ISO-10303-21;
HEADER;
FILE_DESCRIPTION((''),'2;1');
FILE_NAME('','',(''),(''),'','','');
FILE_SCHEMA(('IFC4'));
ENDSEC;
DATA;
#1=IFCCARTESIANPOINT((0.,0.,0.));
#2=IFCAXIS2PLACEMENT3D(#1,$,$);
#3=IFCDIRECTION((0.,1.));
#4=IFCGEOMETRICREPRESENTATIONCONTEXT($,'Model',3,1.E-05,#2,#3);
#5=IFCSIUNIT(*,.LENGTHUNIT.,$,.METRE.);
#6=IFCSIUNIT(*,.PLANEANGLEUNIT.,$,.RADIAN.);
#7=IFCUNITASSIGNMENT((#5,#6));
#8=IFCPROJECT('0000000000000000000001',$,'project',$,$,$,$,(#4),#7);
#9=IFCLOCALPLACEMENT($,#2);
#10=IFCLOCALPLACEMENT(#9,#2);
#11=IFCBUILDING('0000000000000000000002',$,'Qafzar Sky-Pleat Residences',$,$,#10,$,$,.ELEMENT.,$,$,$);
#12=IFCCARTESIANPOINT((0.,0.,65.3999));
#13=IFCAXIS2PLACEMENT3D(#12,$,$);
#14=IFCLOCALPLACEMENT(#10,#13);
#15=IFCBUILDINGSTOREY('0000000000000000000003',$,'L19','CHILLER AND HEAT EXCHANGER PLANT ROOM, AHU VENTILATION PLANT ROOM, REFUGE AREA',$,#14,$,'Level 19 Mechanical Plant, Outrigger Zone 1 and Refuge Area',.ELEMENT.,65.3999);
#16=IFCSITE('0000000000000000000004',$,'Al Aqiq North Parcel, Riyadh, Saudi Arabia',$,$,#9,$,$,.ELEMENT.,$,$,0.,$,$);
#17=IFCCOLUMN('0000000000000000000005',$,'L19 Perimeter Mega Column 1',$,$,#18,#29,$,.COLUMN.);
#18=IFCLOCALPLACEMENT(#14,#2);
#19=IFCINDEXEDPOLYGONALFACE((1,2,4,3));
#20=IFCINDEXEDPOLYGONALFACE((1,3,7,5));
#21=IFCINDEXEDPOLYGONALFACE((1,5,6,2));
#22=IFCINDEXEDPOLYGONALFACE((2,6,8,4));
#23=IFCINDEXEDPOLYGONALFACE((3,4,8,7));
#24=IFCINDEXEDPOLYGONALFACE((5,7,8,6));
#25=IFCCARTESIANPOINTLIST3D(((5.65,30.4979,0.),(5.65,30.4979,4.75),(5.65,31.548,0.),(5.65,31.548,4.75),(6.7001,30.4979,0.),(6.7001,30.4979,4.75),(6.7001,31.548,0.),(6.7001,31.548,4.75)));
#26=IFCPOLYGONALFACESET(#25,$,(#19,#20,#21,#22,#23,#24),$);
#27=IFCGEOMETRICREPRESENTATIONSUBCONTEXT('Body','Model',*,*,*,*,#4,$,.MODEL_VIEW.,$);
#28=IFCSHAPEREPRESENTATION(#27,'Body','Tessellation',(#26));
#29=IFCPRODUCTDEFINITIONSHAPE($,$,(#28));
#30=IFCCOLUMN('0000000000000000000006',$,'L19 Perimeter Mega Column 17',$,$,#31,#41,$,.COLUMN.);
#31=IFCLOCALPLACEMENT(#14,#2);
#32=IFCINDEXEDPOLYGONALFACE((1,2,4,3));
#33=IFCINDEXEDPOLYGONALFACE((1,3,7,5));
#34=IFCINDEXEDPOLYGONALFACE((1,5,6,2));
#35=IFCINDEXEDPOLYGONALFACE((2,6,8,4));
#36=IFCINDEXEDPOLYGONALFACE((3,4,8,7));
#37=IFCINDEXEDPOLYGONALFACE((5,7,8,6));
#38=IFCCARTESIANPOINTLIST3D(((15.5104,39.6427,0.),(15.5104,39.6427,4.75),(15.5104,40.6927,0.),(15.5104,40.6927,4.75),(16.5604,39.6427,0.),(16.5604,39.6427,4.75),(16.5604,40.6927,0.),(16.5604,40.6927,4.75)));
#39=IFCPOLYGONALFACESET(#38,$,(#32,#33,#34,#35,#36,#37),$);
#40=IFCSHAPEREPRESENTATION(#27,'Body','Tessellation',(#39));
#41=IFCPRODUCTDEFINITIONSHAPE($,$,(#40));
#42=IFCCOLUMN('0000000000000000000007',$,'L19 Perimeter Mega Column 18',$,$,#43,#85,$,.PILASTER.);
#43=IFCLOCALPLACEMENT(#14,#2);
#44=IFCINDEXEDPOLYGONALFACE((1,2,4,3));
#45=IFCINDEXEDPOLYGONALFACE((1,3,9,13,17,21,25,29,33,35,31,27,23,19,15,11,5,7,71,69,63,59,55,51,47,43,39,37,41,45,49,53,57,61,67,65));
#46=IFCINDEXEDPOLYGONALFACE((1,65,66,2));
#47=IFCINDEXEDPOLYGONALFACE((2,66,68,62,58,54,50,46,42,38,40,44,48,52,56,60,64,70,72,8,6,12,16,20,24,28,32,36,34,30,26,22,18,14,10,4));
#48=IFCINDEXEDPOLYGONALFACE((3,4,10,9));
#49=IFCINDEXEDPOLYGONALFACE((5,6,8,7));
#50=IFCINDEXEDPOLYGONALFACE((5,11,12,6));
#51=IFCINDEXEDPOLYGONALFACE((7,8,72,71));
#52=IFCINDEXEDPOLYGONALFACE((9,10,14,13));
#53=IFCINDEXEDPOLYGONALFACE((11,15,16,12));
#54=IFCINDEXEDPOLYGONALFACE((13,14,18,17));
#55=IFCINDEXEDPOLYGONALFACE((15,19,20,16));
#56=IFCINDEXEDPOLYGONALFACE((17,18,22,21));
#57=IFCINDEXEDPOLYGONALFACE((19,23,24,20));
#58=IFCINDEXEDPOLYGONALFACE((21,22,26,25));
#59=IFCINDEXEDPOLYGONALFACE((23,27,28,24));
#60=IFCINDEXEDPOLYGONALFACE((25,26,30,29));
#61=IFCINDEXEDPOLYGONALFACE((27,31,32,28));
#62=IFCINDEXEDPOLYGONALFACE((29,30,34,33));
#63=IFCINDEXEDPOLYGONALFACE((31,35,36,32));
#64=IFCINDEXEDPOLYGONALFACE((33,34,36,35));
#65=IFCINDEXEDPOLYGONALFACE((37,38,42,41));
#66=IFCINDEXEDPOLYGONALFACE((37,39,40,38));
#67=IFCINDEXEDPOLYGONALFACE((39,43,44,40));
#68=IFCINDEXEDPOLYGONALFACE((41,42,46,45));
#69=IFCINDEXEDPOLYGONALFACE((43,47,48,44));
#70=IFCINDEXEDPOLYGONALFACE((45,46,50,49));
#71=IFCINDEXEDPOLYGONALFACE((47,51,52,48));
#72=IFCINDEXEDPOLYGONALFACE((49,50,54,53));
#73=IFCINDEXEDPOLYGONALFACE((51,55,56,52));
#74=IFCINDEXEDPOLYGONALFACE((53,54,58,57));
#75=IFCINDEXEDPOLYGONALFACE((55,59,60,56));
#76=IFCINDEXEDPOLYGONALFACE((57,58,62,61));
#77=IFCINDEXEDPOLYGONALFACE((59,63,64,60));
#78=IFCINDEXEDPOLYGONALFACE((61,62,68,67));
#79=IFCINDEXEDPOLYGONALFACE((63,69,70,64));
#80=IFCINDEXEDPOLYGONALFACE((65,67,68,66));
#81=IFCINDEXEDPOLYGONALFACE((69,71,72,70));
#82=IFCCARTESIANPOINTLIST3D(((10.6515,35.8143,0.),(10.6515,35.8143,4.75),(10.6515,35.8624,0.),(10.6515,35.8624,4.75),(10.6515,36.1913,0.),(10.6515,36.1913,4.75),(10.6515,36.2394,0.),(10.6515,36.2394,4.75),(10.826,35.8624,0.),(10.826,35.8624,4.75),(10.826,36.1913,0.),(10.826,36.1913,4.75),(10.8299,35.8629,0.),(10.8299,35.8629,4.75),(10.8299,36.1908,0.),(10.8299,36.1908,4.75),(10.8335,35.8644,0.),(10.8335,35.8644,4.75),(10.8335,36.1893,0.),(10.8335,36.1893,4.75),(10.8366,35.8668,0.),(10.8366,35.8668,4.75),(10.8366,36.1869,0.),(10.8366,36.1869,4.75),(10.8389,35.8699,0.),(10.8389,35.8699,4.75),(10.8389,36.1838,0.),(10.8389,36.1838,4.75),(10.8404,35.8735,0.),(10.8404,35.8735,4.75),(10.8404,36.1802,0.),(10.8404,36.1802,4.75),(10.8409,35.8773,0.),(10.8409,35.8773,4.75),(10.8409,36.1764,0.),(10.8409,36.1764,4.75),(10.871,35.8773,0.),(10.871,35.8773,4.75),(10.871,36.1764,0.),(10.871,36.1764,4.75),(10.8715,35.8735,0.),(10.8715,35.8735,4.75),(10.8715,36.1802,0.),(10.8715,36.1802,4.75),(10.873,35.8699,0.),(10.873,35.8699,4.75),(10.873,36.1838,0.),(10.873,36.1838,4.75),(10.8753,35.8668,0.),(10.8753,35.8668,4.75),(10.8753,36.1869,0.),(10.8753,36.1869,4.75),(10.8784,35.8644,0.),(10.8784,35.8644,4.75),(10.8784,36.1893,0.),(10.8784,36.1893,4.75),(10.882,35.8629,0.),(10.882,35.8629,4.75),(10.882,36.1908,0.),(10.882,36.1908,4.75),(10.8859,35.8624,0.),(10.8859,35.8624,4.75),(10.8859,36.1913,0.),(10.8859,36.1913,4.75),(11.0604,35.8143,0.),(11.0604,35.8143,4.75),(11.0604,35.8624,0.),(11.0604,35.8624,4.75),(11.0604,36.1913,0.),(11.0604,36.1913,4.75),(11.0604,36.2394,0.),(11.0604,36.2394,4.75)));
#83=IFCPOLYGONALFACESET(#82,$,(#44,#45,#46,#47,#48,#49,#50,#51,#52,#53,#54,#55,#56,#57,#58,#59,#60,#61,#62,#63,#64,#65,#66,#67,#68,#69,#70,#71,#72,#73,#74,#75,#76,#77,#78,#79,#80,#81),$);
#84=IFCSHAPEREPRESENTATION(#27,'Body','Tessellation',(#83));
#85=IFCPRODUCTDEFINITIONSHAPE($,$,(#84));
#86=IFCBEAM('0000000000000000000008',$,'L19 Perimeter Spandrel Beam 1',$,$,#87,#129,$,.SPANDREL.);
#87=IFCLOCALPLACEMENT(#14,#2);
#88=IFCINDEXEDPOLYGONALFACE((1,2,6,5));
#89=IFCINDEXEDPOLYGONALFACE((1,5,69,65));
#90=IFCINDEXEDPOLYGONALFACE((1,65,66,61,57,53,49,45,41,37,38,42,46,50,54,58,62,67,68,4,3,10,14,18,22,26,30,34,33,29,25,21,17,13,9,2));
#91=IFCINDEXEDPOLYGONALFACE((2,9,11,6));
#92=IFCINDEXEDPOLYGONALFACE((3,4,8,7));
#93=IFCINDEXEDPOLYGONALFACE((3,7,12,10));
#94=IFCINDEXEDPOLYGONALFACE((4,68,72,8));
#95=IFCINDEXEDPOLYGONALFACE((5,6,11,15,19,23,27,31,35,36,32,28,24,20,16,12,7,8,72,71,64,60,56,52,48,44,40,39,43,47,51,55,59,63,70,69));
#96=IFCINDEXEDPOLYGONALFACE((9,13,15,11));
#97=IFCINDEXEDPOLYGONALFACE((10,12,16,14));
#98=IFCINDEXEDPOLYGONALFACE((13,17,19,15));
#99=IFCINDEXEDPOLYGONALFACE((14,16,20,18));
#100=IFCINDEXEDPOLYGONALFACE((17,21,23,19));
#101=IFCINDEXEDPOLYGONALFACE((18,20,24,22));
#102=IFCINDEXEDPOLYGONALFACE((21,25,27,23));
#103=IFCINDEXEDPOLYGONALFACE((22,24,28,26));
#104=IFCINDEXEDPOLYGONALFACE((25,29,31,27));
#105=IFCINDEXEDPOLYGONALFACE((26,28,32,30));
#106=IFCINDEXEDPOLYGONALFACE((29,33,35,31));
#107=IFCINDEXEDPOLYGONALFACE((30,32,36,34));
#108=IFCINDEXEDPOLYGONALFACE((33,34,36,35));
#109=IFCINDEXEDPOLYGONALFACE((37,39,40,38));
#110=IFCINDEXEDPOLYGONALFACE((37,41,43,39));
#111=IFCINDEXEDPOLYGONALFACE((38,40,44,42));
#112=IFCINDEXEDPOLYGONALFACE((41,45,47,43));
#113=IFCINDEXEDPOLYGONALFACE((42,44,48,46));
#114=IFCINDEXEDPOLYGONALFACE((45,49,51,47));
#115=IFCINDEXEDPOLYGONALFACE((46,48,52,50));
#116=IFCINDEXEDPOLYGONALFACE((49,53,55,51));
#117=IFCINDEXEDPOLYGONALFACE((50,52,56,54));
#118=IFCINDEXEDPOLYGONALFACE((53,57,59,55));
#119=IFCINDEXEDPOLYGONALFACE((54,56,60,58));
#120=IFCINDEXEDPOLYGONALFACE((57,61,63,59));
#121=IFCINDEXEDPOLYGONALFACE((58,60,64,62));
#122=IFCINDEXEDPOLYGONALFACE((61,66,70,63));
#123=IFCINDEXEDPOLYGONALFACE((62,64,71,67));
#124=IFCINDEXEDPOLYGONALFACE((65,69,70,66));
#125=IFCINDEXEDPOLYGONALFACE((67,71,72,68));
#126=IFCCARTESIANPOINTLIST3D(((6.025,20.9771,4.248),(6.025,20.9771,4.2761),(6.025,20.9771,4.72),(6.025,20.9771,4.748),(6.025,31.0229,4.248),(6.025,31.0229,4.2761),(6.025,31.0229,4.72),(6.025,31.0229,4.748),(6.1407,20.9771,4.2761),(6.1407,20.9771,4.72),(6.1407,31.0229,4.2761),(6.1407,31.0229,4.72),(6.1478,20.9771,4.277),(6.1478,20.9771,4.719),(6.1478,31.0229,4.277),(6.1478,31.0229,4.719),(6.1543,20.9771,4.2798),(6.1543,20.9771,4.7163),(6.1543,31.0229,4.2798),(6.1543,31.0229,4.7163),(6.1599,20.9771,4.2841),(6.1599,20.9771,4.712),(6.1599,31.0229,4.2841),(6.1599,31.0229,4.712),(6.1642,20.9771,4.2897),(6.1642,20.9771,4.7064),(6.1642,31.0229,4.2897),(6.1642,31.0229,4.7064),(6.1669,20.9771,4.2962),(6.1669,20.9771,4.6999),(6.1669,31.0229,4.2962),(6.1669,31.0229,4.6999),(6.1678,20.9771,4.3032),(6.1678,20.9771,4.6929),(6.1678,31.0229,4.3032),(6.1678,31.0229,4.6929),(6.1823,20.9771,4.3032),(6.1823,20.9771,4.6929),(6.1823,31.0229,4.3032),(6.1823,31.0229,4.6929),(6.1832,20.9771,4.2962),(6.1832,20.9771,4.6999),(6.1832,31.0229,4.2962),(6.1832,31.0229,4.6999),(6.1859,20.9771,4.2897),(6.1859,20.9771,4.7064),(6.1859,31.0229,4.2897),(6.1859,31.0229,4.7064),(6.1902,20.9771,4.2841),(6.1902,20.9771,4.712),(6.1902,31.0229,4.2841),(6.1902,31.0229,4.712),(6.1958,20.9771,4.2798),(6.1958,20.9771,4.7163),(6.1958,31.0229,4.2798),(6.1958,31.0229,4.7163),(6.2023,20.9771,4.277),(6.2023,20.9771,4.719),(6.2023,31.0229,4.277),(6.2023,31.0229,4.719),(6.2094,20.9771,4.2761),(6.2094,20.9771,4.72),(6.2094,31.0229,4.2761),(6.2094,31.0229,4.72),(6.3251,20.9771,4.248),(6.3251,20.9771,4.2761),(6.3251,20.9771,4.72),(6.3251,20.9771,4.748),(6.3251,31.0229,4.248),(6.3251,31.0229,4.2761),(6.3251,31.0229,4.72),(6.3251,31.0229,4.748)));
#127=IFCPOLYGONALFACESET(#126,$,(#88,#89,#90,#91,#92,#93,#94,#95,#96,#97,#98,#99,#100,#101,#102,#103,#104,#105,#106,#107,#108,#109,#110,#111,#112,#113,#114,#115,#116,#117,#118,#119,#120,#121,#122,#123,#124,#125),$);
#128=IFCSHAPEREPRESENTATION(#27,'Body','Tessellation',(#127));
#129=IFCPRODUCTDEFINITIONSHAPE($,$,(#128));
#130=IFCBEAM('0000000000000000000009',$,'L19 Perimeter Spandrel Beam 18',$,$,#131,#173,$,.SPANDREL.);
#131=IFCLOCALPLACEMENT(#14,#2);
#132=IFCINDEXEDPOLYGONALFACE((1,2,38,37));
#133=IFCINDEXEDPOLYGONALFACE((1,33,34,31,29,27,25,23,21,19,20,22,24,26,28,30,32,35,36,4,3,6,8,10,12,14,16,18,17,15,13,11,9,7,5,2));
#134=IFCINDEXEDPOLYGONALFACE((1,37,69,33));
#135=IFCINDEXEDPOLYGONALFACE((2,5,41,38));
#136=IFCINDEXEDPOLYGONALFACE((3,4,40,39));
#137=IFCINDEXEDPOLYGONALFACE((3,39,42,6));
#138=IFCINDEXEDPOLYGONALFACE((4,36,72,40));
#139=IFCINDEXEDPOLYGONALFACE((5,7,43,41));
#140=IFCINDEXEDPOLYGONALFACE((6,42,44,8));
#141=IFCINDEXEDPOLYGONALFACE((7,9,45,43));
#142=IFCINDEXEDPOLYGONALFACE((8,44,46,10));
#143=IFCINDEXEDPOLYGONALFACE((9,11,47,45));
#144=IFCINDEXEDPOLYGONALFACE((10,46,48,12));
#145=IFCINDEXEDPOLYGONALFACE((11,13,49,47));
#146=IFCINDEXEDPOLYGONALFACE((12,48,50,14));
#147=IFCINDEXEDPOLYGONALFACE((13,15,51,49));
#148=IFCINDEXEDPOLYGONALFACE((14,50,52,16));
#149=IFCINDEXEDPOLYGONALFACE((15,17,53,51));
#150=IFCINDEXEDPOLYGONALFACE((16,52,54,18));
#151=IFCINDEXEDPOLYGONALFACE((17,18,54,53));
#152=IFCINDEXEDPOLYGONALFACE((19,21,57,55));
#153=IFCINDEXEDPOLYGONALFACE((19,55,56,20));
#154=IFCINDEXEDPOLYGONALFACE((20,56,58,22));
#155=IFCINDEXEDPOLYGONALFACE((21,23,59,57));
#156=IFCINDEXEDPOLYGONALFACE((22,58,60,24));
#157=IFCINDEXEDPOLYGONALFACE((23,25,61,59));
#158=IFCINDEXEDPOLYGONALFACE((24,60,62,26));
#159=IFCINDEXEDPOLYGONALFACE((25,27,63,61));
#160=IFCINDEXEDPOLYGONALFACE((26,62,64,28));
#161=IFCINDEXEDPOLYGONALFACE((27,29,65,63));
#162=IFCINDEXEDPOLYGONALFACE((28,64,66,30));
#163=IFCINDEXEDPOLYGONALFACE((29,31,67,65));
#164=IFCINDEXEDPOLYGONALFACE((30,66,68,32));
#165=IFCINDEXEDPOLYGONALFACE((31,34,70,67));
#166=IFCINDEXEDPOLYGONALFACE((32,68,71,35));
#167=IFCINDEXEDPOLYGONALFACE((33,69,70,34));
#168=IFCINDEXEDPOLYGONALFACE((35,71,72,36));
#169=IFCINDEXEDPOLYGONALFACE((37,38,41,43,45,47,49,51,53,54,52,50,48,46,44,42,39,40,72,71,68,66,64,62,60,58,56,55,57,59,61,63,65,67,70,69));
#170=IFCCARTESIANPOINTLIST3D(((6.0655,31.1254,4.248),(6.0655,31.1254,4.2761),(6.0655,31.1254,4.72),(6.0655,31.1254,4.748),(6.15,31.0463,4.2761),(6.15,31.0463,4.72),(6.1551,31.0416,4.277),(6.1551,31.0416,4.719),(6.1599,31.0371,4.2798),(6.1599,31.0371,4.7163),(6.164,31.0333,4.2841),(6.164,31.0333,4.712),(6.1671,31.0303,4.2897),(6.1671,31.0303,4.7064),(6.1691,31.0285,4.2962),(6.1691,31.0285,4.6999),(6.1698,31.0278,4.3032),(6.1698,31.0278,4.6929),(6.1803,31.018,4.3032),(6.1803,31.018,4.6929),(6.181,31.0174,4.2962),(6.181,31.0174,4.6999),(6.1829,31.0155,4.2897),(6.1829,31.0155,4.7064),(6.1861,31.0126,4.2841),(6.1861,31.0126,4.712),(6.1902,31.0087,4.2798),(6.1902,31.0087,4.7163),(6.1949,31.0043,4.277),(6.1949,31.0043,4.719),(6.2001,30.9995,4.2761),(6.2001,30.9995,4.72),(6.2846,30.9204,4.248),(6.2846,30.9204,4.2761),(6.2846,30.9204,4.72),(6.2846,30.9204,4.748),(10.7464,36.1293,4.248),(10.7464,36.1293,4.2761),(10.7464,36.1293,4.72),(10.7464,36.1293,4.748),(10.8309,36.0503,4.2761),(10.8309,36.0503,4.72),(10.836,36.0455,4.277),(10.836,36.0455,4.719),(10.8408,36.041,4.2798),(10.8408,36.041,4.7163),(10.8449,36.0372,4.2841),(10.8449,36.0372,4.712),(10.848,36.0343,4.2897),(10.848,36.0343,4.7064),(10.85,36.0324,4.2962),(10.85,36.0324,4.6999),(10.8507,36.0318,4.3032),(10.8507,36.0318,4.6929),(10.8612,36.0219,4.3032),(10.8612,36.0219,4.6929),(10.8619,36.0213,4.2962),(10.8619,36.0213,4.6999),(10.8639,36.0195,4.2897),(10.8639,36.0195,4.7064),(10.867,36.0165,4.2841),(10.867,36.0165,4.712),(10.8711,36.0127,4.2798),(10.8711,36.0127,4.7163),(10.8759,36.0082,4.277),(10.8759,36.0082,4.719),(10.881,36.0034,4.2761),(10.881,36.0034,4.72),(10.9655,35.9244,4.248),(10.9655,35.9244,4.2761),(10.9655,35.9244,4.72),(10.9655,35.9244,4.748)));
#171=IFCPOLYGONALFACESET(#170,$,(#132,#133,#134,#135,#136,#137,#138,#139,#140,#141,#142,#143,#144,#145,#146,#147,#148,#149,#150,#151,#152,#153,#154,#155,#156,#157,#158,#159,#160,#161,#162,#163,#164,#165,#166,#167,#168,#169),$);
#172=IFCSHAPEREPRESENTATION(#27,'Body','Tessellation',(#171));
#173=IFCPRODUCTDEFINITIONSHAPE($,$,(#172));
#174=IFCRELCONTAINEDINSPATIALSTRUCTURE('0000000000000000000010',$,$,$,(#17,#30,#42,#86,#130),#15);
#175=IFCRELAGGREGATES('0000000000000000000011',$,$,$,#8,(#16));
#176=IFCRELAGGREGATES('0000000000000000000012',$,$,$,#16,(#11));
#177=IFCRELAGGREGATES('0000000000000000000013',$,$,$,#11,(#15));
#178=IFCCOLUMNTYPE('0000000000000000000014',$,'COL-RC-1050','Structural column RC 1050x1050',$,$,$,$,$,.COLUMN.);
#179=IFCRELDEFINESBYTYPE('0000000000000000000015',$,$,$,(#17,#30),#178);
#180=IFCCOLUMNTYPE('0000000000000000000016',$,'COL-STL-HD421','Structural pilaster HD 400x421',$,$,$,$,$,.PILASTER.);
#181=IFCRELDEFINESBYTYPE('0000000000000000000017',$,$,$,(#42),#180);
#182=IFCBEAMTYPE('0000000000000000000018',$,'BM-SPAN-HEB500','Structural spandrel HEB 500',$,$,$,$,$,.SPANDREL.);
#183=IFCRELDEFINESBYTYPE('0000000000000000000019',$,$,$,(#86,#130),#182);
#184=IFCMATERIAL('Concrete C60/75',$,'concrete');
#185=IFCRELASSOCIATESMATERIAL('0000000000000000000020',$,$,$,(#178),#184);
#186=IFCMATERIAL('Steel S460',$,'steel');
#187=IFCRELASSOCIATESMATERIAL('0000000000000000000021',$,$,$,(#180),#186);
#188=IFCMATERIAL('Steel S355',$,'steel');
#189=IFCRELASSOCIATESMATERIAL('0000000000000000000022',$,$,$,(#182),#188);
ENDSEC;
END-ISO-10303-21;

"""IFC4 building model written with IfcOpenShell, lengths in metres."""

from ifc_helpers import new_model, si_unit, direction, frame, origin, origin_2d, place, context, subcontext, project, spatial, rectangle, i_section, extrude, source, transform, mapped, material, material_profile, profile_set, type_object, element, save


model = new_model("IFC4")

# Units and contexts
model_context = context("Model", 3, precision=1e-05, world=origin(), true_north=direction((0.0, 1.0)))
body_context = subcontext(model_context, "Body", "Model", "MODEL_VIEW")
ifc_project = project(units=[si_unit("LENGTHUNIT", "METRE"), si_unit("PLANEANGLEUNIT", "RADIAN")], contexts=[model_context])

# Site, building, storey
site_placement = place(None, origin())
site = spatial("IfcSite", under=ifc_project, at=site_placement, Name="Al Aqiq North Parcel, Riyadh, Saudi Arabia", CompositionType="ELEMENT", RefElevation=0.0)
building_placement = place(site_placement, origin())
building = spatial("IfcBuilding", under=site, at=building_placement, Name="Qafzar Sky-Pleat Residences", CompositionType="ELEMENT")
storey_placement = place(building_placement, frame((0.0, 0.0, 65.3999)))
storey = spatial("IfcBuildingStorey", under=building, at=storey_placement, Name="L19", Description="CHILLER AND HEAT EXCHANGER PLANT ROOM, AHU VENTILATION PLANT ROOM, REFUGE AREA", LongName="Level 19 Mechanical Plant, Outrigger Zone 1 and Refuge Area", CompositionType="ELEMENT", Elevation=65.3999)

# Columns
ifc_material_1 = material(Name="Concrete C60/75", Category="concrete")
ifc_material_profile_1 = material_profile(ifc_material_1, rectangle(XDim=1.05, YDim=1.05, at=origin_2d()), Name="RC 1050x1050")
ifc_profile_set_1 = profile_set([ifc_material_profile_1], Name="Concrete C60/75")
column_type_1 = type_object("IfcColumnType", Name="COL-RC-1050", Description="Structural column RC 1050x1050", PredefinedType="COLUMN", material=ifc_profile_set_1)
shared_shape_1 = source(origin(), body_context, "Body", "SweptSolid", [
    extrude(rectangle(XDim=1.05, YDim=1.05, at=origin_2d()), origin(), (0.0, 0.0, 1.0), 4.75),
])
for number, where, z_axis, x_axis, name in (
    (1, (6.175, 31.0229, 0.0), (0.0, 0.0, 1.0), (1.0, 0.0, 0.0), "L19 Perimeter Mega Column 1"),
    (2, (16.0354, 40.1677, 0.0), (0.0, 0.0, 1.0), (1.0, 0.0, 0.0), "L19 Perimeter Mega Column 17"),
):
    element("IfcColumn", number, at=place(storey_placement, frame(where, z_axis=z_axis, x_axis=x_axis)), inside=storey, type_object=column_type_1, Name=name, PredefinedType="COLUMN", context=body_context, shape_type="MappedRepresentation", body=[
        mapped(shared_shape_1, transform((0.0, 0.0, 0.0), x_axis=(1.0, 0.0, 0.0), y_axis=(0.0, 1.0, 0.0), z_axis=(0.0, 0.0, 1.0), scale=1.0)),
    ])
ifc_material_2 = material(Name="Steel S460", Category="steel")
ifc_material_profile_2 = material_profile(ifc_material_2, i_section(OverallWidth=0.4089, OverallDepth=0.425, WebThickness=0.03, FlangeThickness=0.0481, FilletRadius=0.0149, at=origin_2d()), Name="HD 400x421")
ifc_profile_set_2 = profile_set([ifc_material_profile_2], Name="Steel S460")
column_type_2 = type_object("IfcColumnType", Name="COL-STL-HD421", Description="Structural pilaster HD 400x421", PredefinedType="PILASTER", material=ifc_profile_set_2)
shared_shape_2 = source(origin(), body_context, "Body", "SweptSolid", [
    extrude(i_section(OverallWidth=0.4089, OverallDepth=0.425, WebThickness=0.03, FlangeThickness=0.0481, FilletRadius=0.0149, at=origin_2d()), origin(), (0.0, 0.0, 1.0), 4.75),
])
column_placement = place(storey_placement, frame((10.856, 36.0269, 0.0), z_axis=(0.0, 0.0, 1.0), x_axis=(1.0, 0.0, 0.0)))
element("IfcColumn", 3, at=column_placement, inside=storey, type_object=column_type_2, Name="L19 Perimeter Mega Column 18", PredefinedType="PILASTER", context=body_context, shape_type="MappedRepresentation", body=[
    mapped(shared_shape_2, transform((0.0, 0.0, 0.0), x_axis=(1.0, 0.0, 0.0), y_axis=(0.0, 1.0, 0.0), z_axis=(0.0, 0.0, 1.0), scale=1.0)),
])

# Beams
ifc_material_3 = material(Name="Steel S355", Category="steel")
ifc_material_profile_3 = material_profile(ifc_material_3, i_section(OverallWidth=0.3, OverallDepth=0.5, WebThickness=0.0144, FlangeThickness=0.0281, FilletRadius=0.0271, at=origin_2d()), Name="HEB 500")
ifc_profile_set_3 = profile_set([ifc_material_profile_3], Name="Steel S355")
beam_type_1 = type_object("IfcBeamType", Name="BM-SPAN-HEB500", Description="Structural spandrel HEB 500", PredefinedType="SPANDREL", material=ifc_profile_set_3)
shared_shape_3 = source(origin(), body_context, "Body", "SweptSolid", [
    extrude(i_section(OverallWidth=0.3, OverallDepth=0.5, WebThickness=0.0144, FlangeThickness=0.0281, FilletRadius=0.0271, at=origin_2d()), origin(), (0.0, 0.0, 1.0), 10.0459),
])
beam_1_placement = place(storey_placement, frame((6.175, 31.0229, 4.498), z_axis=(0.0, -1.0, 0.0), x_axis=(1.0, 0.0, 0.0)))
element("IfcBeam", 4, at=beam_1_placement, inside=storey, type_object=beam_type_1, Name="L19 Perimeter Spandrel Beam 1", PredefinedType="SPANDREL", context=body_context, shape_type="MappedRepresentation", body=[
    mapped(shared_shape_3, transform((0.0, 0.0, 0.0), x_axis=(1.0, 0.0, 0.0), y_axis=(0.0, 1.0, 0.0), z_axis=(0.0, 0.0, 1.0), scale=1.0)),
])
shared_shape_4 = source(origin(), body_context, "Body", "SweptSolid", [
    extrude(i_section(OverallWidth=0.3, OverallDepth=0.5, WebThickness=0.0144, FlangeThickness=0.0281, FilletRadius=0.0271, at=origin_2d()), origin(), (0.0, 0.0, 1.0), 6.8521),
])
beam_2_placement = place(storey_placement, frame((10.856, 36.0269, 4.498), z_axis=(-0.683144, -0.730283, 0.0), x_axis=(0.730283, -0.683144, 0.0)))
element("IfcBeam", 5, at=beam_2_placement, inside=storey, type_object=beam_type_1, Name="L19 Perimeter Spandrel Beam 18", PredefinedType="SPANDREL", context=body_context, shape_type="MappedRepresentation", body=[
    mapped(shared_shape_4, transform((0.0, 0.0, 0.0), x_axis=(1.0, 0.0, 0.0), y_axis=(0.0, 1.0, 0.0), z_axis=(0.0, 0.0, 1.0), scale=1.0)),
])

save(model, "model.ifc")
